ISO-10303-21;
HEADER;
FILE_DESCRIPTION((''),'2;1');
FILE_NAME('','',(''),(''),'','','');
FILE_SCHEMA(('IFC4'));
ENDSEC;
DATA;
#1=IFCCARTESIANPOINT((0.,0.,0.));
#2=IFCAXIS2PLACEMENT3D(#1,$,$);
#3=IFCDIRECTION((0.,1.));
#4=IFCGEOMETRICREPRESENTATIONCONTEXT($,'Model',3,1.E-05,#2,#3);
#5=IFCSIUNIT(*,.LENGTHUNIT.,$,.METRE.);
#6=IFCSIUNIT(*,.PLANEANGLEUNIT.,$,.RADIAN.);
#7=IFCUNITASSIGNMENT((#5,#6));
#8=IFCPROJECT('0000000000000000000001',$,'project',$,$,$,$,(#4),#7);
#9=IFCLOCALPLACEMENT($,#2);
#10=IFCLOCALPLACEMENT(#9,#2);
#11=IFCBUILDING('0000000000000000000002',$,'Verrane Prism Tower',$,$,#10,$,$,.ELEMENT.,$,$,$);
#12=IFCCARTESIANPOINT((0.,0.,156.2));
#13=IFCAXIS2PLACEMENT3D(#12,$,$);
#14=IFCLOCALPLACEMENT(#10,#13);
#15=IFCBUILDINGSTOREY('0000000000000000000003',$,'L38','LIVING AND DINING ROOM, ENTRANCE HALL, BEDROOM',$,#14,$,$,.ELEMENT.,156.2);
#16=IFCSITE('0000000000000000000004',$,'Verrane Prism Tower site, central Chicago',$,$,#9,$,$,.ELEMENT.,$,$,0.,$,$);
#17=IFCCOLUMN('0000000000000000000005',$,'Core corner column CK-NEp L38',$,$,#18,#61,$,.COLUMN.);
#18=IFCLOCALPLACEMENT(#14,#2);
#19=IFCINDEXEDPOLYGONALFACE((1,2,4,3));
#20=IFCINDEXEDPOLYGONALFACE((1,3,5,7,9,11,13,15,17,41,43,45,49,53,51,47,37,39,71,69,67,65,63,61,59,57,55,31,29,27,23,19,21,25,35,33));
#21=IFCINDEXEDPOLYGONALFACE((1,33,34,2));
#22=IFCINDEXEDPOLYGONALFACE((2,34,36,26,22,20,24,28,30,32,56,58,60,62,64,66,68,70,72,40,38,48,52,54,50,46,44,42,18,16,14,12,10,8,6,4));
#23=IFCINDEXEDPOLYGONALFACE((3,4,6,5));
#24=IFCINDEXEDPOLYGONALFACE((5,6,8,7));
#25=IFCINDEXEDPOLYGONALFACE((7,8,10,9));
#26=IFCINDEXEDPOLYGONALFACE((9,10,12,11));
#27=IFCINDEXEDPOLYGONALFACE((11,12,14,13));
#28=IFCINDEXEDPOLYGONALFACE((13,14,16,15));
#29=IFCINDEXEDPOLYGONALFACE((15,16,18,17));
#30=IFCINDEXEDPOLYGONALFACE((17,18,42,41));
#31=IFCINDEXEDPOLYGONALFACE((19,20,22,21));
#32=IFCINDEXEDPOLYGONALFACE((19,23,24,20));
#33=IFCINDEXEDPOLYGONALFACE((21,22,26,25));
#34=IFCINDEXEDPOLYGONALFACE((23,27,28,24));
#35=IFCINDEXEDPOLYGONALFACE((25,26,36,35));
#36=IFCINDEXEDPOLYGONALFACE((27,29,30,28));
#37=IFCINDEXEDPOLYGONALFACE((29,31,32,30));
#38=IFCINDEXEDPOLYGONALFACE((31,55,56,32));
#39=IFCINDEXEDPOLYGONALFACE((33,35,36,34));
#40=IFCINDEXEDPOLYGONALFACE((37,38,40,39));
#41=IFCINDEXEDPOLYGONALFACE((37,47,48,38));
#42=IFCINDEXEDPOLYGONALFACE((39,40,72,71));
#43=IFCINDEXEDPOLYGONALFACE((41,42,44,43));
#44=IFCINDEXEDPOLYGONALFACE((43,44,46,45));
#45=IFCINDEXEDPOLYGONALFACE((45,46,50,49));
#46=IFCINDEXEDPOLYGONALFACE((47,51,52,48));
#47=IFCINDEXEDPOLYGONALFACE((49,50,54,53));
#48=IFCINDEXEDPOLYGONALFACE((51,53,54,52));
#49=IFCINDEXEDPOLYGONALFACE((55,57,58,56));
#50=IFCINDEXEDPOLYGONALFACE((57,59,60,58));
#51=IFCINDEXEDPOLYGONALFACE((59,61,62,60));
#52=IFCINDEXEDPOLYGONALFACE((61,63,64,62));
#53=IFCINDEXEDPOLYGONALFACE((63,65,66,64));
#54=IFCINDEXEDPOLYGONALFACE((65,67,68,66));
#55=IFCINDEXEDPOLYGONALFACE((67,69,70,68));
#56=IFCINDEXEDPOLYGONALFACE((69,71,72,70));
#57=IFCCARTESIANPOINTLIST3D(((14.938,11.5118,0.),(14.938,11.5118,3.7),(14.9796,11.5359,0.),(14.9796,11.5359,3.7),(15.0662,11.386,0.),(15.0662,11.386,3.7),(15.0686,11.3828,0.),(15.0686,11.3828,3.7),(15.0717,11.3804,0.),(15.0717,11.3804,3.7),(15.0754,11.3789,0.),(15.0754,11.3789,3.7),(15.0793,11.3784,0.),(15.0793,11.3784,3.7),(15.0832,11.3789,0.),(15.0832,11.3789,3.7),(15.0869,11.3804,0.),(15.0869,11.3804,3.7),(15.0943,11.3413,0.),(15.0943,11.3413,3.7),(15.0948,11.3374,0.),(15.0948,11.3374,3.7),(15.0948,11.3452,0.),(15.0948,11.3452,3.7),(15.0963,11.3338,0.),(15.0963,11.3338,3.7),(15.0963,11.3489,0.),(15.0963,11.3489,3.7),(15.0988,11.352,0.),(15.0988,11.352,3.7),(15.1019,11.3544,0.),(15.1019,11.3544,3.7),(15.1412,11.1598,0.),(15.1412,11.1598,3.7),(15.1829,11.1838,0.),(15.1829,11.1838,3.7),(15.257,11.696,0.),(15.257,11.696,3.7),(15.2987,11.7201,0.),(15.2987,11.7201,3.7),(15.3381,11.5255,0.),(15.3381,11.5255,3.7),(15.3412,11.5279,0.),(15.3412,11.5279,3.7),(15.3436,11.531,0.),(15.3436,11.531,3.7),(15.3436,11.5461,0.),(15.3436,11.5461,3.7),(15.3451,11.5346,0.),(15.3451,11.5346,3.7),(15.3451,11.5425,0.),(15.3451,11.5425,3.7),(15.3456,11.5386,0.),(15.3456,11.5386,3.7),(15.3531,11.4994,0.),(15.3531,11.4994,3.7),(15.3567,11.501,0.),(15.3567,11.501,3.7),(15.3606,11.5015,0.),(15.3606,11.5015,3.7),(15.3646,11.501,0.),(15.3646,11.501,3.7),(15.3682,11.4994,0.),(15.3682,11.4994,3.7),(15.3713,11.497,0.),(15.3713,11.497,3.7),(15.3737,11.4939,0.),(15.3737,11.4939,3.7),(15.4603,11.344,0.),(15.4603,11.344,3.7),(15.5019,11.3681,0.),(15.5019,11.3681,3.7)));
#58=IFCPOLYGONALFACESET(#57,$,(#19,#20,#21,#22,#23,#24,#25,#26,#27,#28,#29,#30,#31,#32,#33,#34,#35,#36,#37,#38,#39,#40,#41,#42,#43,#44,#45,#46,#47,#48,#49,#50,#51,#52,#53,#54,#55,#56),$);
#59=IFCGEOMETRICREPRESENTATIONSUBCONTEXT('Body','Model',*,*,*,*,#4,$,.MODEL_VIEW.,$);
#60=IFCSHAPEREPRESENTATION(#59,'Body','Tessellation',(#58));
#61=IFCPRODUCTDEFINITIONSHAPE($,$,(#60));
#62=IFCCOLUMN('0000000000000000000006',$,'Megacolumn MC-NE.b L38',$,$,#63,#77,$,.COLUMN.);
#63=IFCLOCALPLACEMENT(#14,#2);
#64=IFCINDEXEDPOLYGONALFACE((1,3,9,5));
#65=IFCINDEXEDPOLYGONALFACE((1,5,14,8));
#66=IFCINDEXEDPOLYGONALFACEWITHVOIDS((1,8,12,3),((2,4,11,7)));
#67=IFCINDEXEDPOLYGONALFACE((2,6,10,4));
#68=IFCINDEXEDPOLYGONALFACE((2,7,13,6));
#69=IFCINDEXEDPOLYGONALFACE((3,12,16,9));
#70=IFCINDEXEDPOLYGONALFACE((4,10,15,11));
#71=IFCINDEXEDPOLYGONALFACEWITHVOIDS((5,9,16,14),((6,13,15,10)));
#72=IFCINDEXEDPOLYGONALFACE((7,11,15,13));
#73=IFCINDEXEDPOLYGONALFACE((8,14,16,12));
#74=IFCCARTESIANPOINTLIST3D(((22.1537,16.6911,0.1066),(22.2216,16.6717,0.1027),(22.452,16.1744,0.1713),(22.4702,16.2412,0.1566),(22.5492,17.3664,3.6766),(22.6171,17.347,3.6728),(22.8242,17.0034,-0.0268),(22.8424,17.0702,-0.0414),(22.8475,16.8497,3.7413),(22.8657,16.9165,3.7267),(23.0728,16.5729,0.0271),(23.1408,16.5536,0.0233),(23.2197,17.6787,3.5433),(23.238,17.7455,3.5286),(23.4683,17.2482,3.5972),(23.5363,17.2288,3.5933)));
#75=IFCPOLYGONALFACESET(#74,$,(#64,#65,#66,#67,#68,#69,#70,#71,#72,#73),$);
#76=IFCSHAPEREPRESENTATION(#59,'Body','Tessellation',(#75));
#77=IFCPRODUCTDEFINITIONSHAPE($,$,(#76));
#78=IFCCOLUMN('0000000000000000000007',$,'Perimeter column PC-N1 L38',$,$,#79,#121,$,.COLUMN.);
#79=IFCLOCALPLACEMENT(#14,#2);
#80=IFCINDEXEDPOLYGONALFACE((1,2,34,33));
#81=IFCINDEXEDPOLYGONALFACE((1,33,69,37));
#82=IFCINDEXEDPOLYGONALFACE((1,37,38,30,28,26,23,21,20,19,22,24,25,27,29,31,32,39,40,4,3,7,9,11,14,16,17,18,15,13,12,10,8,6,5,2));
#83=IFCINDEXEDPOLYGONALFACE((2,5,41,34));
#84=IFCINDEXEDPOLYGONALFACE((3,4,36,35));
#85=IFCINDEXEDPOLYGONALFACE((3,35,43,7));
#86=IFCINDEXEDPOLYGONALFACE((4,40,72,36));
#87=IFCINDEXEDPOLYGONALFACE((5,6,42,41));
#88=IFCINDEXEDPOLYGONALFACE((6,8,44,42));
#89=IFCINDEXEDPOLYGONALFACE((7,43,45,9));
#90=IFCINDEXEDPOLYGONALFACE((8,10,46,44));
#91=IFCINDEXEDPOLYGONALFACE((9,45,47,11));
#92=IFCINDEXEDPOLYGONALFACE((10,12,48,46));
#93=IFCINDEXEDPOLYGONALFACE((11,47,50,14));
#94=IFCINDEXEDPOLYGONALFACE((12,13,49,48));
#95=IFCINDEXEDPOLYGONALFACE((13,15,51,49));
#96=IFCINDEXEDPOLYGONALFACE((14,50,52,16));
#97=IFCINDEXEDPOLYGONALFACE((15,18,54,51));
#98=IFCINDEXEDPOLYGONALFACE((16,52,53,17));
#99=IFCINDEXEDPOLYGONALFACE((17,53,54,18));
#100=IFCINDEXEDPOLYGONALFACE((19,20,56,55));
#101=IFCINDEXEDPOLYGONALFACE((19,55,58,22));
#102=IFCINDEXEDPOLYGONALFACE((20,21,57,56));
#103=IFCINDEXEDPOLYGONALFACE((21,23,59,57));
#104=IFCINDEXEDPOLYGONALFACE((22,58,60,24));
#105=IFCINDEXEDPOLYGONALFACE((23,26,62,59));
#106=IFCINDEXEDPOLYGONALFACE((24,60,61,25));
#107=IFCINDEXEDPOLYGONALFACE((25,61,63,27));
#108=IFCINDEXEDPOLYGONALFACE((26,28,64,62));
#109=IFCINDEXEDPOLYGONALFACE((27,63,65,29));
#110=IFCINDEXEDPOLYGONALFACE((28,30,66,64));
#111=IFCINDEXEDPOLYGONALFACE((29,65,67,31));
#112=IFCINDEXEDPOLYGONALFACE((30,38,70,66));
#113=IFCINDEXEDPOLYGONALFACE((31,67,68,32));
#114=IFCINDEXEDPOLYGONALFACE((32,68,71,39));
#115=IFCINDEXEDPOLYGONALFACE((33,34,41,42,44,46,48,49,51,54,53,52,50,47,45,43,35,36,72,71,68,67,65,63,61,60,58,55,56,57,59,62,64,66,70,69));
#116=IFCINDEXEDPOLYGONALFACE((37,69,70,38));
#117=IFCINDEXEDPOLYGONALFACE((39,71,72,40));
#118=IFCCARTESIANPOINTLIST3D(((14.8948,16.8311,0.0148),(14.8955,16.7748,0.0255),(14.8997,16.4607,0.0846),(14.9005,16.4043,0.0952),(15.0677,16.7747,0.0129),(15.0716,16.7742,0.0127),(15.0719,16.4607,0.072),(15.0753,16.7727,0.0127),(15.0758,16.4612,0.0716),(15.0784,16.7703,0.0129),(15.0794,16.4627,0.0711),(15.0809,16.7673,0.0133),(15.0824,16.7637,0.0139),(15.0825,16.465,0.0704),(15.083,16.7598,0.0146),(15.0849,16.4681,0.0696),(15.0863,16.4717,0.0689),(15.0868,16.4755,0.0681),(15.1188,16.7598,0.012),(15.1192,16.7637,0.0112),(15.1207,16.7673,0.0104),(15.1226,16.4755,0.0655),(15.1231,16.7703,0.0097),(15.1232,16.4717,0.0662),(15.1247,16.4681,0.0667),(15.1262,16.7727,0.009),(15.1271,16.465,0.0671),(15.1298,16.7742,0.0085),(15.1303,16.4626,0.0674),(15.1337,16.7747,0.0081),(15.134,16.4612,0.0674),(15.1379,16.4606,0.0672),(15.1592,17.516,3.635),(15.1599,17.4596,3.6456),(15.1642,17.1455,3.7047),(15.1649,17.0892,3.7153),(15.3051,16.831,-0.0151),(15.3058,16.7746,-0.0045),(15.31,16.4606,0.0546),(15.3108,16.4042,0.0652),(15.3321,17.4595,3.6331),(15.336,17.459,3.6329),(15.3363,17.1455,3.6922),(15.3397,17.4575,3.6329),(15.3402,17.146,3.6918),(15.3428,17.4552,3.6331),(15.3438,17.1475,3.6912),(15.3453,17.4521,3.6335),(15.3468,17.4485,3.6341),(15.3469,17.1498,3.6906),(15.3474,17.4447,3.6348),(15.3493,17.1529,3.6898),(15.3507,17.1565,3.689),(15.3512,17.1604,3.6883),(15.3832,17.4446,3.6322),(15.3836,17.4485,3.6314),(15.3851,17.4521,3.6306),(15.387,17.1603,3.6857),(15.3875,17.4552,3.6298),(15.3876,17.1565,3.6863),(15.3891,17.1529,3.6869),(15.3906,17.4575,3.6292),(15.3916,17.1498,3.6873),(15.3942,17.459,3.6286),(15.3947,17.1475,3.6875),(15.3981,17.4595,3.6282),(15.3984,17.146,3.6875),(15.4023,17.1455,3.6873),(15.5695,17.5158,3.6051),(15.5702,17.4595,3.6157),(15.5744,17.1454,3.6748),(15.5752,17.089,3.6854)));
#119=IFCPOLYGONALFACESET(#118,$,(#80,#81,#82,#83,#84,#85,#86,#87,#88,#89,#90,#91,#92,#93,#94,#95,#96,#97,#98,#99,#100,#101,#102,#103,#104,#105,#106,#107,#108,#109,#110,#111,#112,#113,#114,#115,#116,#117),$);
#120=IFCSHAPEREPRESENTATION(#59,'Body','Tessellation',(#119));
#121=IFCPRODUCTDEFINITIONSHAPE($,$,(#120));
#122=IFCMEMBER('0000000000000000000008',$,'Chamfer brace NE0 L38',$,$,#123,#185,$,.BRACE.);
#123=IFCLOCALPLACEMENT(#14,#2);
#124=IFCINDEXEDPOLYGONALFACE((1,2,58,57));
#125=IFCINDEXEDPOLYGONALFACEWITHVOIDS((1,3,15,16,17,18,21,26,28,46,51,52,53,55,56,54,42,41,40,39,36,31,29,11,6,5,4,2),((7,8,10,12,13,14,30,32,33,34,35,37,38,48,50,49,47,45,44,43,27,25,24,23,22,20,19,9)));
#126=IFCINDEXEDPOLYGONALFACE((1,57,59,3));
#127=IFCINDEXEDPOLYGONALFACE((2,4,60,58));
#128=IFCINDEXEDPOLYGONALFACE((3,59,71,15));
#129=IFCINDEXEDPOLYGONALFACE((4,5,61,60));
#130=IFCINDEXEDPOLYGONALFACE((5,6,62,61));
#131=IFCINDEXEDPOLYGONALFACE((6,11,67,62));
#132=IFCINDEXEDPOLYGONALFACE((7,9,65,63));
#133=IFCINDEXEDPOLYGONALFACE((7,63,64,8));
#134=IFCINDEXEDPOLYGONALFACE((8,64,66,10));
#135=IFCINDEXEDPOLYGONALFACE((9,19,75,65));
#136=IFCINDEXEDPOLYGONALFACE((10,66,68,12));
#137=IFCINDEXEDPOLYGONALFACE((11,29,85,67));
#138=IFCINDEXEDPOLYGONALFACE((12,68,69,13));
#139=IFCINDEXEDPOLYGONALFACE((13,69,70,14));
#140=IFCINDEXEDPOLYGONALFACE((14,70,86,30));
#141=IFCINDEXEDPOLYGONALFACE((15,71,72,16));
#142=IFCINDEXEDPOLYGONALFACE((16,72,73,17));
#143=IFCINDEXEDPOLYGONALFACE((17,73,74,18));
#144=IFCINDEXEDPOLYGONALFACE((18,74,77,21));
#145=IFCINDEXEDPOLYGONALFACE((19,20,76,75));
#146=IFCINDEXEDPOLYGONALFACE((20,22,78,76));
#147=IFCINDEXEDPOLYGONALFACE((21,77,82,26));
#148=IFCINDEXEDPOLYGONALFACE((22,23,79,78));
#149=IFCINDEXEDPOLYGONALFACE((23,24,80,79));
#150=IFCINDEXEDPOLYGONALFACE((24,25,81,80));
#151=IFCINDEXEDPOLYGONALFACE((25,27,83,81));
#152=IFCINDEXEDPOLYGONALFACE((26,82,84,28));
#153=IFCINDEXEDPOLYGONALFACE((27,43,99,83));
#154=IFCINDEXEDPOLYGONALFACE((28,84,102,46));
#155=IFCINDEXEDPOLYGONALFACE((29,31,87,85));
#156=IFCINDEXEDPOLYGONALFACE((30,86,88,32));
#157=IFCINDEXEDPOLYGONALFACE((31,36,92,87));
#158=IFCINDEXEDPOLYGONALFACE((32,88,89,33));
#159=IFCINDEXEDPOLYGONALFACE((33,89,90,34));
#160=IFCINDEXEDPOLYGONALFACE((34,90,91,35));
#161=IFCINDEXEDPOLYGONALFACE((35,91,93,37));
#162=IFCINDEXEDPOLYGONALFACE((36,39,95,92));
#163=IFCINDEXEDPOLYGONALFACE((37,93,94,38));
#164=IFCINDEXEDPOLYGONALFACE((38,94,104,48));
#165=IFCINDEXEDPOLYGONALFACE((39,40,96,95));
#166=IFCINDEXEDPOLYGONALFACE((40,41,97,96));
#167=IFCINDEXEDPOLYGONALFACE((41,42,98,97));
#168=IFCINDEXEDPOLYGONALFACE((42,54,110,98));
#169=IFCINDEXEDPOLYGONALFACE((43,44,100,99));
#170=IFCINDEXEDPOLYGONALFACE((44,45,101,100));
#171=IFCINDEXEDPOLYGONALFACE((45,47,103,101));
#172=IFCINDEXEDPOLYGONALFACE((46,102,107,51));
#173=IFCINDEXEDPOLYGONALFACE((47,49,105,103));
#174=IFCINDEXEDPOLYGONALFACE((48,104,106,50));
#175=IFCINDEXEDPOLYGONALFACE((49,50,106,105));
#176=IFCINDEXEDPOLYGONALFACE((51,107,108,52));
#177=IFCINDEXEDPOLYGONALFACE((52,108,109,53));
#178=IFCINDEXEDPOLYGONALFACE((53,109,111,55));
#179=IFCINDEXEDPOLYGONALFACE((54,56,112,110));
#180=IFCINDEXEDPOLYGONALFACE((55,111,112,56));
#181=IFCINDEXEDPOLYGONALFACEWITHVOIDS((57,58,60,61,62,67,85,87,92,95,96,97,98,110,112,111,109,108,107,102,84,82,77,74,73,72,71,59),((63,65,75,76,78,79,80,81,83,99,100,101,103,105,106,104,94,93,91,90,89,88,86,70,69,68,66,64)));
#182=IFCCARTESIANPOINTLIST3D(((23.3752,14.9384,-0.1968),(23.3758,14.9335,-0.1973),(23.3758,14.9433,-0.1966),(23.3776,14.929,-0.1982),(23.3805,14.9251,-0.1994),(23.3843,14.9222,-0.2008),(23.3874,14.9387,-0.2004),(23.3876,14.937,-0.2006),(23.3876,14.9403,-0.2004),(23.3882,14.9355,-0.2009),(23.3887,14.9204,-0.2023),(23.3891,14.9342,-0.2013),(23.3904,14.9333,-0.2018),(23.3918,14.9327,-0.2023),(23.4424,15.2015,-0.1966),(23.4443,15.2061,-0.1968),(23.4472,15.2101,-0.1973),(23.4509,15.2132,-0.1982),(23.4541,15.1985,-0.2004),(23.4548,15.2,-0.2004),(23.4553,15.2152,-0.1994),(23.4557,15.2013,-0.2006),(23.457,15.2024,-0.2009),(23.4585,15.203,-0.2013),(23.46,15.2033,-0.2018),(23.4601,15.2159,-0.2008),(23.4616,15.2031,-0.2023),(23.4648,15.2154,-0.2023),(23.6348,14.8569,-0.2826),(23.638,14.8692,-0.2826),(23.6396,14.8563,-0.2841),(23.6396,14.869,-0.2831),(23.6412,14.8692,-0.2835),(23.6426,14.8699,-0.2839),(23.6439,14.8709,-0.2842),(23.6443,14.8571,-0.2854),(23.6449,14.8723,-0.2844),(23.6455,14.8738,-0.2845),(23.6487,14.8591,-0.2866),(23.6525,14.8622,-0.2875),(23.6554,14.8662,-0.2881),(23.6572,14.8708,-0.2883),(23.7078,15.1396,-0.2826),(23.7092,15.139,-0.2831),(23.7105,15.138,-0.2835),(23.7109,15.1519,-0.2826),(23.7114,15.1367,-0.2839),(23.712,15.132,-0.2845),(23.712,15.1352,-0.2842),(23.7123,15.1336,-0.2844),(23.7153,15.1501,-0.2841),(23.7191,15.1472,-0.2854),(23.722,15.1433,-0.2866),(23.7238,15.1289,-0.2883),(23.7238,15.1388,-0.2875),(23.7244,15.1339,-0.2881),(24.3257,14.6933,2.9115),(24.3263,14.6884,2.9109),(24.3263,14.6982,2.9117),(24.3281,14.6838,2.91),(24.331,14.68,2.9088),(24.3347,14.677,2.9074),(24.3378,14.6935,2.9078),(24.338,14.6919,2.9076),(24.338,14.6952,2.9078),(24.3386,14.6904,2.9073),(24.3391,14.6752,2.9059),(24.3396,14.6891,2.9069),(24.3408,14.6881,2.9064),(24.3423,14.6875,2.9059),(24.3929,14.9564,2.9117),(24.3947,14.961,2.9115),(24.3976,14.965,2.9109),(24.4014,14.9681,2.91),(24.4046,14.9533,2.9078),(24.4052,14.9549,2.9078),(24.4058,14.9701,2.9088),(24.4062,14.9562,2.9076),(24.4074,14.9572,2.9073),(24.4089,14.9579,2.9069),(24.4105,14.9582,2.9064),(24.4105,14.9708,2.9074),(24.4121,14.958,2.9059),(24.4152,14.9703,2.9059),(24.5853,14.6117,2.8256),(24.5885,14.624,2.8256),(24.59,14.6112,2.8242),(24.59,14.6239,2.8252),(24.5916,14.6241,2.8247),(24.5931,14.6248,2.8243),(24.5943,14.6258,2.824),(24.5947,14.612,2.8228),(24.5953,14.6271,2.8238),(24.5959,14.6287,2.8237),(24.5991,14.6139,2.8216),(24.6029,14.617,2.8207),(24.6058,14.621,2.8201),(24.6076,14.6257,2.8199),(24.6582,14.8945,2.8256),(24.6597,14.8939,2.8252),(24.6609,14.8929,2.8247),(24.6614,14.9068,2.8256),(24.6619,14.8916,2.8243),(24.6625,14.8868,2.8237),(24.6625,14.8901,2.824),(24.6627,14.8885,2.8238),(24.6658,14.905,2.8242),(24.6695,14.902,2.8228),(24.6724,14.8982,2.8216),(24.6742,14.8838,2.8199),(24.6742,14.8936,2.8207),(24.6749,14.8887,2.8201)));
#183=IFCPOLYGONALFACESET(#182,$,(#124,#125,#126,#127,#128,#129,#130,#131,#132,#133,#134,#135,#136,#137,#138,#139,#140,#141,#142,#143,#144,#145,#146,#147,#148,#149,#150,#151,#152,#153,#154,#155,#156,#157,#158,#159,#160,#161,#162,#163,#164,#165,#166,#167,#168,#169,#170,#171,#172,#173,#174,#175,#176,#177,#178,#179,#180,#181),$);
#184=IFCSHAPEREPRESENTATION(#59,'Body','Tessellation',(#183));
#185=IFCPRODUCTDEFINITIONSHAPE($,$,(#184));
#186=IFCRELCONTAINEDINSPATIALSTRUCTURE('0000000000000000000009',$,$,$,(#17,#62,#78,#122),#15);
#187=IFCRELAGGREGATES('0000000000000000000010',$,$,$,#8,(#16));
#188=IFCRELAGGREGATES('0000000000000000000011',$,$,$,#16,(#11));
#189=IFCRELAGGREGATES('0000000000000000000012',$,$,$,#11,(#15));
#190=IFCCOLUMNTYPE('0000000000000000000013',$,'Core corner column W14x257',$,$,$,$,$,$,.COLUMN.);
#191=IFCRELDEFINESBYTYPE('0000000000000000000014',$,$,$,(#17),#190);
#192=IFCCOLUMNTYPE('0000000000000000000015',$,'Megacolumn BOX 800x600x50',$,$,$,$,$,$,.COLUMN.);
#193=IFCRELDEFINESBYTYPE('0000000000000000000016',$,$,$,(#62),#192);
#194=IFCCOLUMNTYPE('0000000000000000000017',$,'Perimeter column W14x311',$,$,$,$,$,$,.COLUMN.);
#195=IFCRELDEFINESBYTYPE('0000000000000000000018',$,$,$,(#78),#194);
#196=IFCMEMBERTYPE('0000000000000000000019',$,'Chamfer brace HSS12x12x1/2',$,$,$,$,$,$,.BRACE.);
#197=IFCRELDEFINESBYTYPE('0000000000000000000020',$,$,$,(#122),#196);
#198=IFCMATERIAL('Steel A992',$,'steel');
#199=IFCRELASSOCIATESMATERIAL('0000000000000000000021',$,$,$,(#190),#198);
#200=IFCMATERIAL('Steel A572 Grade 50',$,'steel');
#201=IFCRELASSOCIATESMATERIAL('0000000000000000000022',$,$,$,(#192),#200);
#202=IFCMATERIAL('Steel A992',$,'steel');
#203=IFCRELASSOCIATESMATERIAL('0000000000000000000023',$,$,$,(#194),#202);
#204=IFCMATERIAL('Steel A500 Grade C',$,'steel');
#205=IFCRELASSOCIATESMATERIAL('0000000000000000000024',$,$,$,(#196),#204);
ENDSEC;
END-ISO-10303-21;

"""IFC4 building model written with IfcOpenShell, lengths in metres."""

from ifc_helpers import new_model, si_unit, direction, frame, origin, origin_2d, place, context, subcontext, project, spatial, hollow_rectangle, i_section, extrude, material, material_profile, profile_set, type_object, element, save


model = new_model("IFC4")

# Units and contexts
model_context = context("Model", 3, precision=1e-05, world=origin(), true_north=direction((0.0, 1.0)))
body_context = subcontext(model_context, "Body", "Model", "MODEL_VIEW")
ifc_project = project(units=[si_unit("LENGTHUNIT", "METRE"), si_unit("PLANEANGLEUNIT", "RADIAN")], contexts=[model_context])

# Site, building, storey
site_placement = place(None, origin())
site = spatial("IfcSite", under=ifc_project, at=site_placement, Name="Verrane Prism Tower site, central Chicago", CompositionType="ELEMENT", RefElevation=0.0)
building_placement = place(site_placement, origin())
building = spatial("IfcBuilding", under=site, at=building_placement, Name="Verrane Prism Tower", CompositionType="ELEMENT")
storey_placement = place(building_placement, frame((0.0, 0.0, 156.2)))
storey = spatial("IfcBuildingStorey", under=building, at=storey_placement, Name="L38", Description="LIVING AND DINING ROOM, ENTRANCE HALL, BEDROOM", CompositionType="ELEMENT", Elevation=156.2)

# Columns
ifc_material_1 = material(Name="Steel A992", Category="steel")
ifc_material_profile_1 = material_profile(ifc_material_1, i_section(OverallWidth=0.4065, OverallDepth=0.4165, WebThickness=0.03, FlangeThickness=0.0481, FilletRadius=0.0151, at=origin_2d()), Name="W14x257")
ifc_profile_set_1 = profile_set([ifc_material_profile_1], Name="Steel A992")
column_type_1 = type_object("IfcColumnType", Name="Core corner column W14x257", PredefinedType="COLUMN", material=ifc_profile_set_1)
column_1_placement = place(storey_placement, frame((15.22, 11.4399, 0.0), z_axis=(0.0, 0.0, 1.0), x_axis=(0.5, -0.866025, 0.0)))
element("IfcColumn", 1, at=column_1_placement, inside=storey, type_object=column_type_1, Name="Core corner column CK-NEp L38", PredefinedType="COLUMN", context=body_context, shape_type="SweptSolid", body=[
    extrude(i_section(OverallWidth=0.4065, OverallDepth=0.4165, WebThickness=0.03, FlangeThickness=0.0481, FilletRadius=0.0151, at=origin_2d()), origin(), (0.0, 0.0, 1.0), 3.7),
])
ifc_material_2 = material(Name="Steel A572 Grade 50", Category="steel")
ifc_material_profile_2 = material_profile(ifc_material_2, hollow_rectangle(XDim=0.6001, YDim=0.8, WallThickness=0.05, at=origin_2d()), Name="BOX 800x600x50")
ifc_profile_set_2 = profile_set([ifc_material_profile_2], Name="Steel A572 Grade 50")
column_type_2 = type_object("IfcColumnType", Name="Megacolumn BOX 800x600x50", PredefinedType="COLUMN", material=ifc_profile_set_2)
column_2_placement = place(storey_placement, frame((22.6472, 16.6223, 0.0649), z_axis=(0.108215, 0.184767, 0.976806), x_axis=(0.497104, -0.860971, 0.107785)))
element("IfcColumn", 2, at=column_2_placement, inside=storey, type_object=column_type_2, Name="Megacolumn MC-NE.b L38", PredefinedType="COLUMN", context=body_context, shape_type="SweptSolid", body=[
    extrude(hollow_rectangle(XDim=0.6001, YDim=0.8, WallThickness=0.05, at=origin_2d()), origin(), (0.0, 0.0, 1.0), 3.6548),
])
ifc_material_3 = material(Name="Steel A992", Category="steel")
ifc_material_profile_3 = material_profile(ifc_material_3, i_section(OverallWidth=0.4114, OverallDepth=0.4343, WebThickness=0.0359, FlangeThickness=0.0574, FilletRadius=0.0151, at=origin_2d()), Name="W14x311")
ifc_profile_set_3 = profile_set([ifc_material_profile_3], Name="Steel A992")
column_type_3 = type_object("IfcColumnType", Name="Perimeter column W14x311", PredefinedType="COLUMN", material=ifc_profile_set_3)
column_3_placement = place(storey_placement, frame((15.1028, 16.6177, 0.04), z_axis=(0.071581, 0.185396, 0.980053), x_axis=(0.997348, -0.000332, -0.072781)))
element("IfcColumn", 3, at=column_3_placement, inside=storey, type_object=column_type_3, Name="Perimeter column PC-N1 L38", PredefinedType="COLUMN", context=body_context, shape_type="SweptSolid", body=[
    extrude(i_section(OverallWidth=0.4114, OverallDepth=0.4343, WebThickness=0.0359, FlangeThickness=0.0574, FilletRadius=0.0151, at=origin_2d()), origin(), (0.0, 0.0, 1.0), 3.6938),
])

# Member
ifc_material_4 = material(Name="Steel A500 Grade C", Category="steel")
ifc_material_profile_4 = material_profile(ifc_material_4, hollow_rectangle(XDim=0.3047, YDim=0.3047, WallThickness=0.0127, InnerFilletRadius=0.0063, OuterFilletRadius=0.019, at=origin_2d()), Name="HSS12x12x1/2")
ifc_profile_set_4 = profile_set([ifc_material_profile_4], Name="Steel A500 Grade C")
member_type_1 = type_object("IfcMemberType", Name="Chamfer brace HSS12x12x1/2", PredefinedType="BRACE", material=ifc_profile_set_4)
member_1_placement = place(storey_placement, frame((23.5498, 15.0361, -0.2424), z_axis=(0.291595, -0.075202, 0.953581), x_axis=(0.249728, 0.968316, 0.0)))
element("IfcMember", 4, at=member_1_placement, inside=storey, type_object=member_type_1, Name="Chamfer brace NE0 L38", PredefinedType="BRACE", context=body_context, shape_type="SweptSolid", body=[
    extrude(hollow_rectangle(XDim=0.3047, YDim=0.3047, WallThickness=0.0127, InnerFilletRadius=0.0063, OuterFilletRadius=0.019, at=origin_2d()), origin(), (0.0, 0.0, 1.0), 3.2595),
])

save(model, "model.ifc")
